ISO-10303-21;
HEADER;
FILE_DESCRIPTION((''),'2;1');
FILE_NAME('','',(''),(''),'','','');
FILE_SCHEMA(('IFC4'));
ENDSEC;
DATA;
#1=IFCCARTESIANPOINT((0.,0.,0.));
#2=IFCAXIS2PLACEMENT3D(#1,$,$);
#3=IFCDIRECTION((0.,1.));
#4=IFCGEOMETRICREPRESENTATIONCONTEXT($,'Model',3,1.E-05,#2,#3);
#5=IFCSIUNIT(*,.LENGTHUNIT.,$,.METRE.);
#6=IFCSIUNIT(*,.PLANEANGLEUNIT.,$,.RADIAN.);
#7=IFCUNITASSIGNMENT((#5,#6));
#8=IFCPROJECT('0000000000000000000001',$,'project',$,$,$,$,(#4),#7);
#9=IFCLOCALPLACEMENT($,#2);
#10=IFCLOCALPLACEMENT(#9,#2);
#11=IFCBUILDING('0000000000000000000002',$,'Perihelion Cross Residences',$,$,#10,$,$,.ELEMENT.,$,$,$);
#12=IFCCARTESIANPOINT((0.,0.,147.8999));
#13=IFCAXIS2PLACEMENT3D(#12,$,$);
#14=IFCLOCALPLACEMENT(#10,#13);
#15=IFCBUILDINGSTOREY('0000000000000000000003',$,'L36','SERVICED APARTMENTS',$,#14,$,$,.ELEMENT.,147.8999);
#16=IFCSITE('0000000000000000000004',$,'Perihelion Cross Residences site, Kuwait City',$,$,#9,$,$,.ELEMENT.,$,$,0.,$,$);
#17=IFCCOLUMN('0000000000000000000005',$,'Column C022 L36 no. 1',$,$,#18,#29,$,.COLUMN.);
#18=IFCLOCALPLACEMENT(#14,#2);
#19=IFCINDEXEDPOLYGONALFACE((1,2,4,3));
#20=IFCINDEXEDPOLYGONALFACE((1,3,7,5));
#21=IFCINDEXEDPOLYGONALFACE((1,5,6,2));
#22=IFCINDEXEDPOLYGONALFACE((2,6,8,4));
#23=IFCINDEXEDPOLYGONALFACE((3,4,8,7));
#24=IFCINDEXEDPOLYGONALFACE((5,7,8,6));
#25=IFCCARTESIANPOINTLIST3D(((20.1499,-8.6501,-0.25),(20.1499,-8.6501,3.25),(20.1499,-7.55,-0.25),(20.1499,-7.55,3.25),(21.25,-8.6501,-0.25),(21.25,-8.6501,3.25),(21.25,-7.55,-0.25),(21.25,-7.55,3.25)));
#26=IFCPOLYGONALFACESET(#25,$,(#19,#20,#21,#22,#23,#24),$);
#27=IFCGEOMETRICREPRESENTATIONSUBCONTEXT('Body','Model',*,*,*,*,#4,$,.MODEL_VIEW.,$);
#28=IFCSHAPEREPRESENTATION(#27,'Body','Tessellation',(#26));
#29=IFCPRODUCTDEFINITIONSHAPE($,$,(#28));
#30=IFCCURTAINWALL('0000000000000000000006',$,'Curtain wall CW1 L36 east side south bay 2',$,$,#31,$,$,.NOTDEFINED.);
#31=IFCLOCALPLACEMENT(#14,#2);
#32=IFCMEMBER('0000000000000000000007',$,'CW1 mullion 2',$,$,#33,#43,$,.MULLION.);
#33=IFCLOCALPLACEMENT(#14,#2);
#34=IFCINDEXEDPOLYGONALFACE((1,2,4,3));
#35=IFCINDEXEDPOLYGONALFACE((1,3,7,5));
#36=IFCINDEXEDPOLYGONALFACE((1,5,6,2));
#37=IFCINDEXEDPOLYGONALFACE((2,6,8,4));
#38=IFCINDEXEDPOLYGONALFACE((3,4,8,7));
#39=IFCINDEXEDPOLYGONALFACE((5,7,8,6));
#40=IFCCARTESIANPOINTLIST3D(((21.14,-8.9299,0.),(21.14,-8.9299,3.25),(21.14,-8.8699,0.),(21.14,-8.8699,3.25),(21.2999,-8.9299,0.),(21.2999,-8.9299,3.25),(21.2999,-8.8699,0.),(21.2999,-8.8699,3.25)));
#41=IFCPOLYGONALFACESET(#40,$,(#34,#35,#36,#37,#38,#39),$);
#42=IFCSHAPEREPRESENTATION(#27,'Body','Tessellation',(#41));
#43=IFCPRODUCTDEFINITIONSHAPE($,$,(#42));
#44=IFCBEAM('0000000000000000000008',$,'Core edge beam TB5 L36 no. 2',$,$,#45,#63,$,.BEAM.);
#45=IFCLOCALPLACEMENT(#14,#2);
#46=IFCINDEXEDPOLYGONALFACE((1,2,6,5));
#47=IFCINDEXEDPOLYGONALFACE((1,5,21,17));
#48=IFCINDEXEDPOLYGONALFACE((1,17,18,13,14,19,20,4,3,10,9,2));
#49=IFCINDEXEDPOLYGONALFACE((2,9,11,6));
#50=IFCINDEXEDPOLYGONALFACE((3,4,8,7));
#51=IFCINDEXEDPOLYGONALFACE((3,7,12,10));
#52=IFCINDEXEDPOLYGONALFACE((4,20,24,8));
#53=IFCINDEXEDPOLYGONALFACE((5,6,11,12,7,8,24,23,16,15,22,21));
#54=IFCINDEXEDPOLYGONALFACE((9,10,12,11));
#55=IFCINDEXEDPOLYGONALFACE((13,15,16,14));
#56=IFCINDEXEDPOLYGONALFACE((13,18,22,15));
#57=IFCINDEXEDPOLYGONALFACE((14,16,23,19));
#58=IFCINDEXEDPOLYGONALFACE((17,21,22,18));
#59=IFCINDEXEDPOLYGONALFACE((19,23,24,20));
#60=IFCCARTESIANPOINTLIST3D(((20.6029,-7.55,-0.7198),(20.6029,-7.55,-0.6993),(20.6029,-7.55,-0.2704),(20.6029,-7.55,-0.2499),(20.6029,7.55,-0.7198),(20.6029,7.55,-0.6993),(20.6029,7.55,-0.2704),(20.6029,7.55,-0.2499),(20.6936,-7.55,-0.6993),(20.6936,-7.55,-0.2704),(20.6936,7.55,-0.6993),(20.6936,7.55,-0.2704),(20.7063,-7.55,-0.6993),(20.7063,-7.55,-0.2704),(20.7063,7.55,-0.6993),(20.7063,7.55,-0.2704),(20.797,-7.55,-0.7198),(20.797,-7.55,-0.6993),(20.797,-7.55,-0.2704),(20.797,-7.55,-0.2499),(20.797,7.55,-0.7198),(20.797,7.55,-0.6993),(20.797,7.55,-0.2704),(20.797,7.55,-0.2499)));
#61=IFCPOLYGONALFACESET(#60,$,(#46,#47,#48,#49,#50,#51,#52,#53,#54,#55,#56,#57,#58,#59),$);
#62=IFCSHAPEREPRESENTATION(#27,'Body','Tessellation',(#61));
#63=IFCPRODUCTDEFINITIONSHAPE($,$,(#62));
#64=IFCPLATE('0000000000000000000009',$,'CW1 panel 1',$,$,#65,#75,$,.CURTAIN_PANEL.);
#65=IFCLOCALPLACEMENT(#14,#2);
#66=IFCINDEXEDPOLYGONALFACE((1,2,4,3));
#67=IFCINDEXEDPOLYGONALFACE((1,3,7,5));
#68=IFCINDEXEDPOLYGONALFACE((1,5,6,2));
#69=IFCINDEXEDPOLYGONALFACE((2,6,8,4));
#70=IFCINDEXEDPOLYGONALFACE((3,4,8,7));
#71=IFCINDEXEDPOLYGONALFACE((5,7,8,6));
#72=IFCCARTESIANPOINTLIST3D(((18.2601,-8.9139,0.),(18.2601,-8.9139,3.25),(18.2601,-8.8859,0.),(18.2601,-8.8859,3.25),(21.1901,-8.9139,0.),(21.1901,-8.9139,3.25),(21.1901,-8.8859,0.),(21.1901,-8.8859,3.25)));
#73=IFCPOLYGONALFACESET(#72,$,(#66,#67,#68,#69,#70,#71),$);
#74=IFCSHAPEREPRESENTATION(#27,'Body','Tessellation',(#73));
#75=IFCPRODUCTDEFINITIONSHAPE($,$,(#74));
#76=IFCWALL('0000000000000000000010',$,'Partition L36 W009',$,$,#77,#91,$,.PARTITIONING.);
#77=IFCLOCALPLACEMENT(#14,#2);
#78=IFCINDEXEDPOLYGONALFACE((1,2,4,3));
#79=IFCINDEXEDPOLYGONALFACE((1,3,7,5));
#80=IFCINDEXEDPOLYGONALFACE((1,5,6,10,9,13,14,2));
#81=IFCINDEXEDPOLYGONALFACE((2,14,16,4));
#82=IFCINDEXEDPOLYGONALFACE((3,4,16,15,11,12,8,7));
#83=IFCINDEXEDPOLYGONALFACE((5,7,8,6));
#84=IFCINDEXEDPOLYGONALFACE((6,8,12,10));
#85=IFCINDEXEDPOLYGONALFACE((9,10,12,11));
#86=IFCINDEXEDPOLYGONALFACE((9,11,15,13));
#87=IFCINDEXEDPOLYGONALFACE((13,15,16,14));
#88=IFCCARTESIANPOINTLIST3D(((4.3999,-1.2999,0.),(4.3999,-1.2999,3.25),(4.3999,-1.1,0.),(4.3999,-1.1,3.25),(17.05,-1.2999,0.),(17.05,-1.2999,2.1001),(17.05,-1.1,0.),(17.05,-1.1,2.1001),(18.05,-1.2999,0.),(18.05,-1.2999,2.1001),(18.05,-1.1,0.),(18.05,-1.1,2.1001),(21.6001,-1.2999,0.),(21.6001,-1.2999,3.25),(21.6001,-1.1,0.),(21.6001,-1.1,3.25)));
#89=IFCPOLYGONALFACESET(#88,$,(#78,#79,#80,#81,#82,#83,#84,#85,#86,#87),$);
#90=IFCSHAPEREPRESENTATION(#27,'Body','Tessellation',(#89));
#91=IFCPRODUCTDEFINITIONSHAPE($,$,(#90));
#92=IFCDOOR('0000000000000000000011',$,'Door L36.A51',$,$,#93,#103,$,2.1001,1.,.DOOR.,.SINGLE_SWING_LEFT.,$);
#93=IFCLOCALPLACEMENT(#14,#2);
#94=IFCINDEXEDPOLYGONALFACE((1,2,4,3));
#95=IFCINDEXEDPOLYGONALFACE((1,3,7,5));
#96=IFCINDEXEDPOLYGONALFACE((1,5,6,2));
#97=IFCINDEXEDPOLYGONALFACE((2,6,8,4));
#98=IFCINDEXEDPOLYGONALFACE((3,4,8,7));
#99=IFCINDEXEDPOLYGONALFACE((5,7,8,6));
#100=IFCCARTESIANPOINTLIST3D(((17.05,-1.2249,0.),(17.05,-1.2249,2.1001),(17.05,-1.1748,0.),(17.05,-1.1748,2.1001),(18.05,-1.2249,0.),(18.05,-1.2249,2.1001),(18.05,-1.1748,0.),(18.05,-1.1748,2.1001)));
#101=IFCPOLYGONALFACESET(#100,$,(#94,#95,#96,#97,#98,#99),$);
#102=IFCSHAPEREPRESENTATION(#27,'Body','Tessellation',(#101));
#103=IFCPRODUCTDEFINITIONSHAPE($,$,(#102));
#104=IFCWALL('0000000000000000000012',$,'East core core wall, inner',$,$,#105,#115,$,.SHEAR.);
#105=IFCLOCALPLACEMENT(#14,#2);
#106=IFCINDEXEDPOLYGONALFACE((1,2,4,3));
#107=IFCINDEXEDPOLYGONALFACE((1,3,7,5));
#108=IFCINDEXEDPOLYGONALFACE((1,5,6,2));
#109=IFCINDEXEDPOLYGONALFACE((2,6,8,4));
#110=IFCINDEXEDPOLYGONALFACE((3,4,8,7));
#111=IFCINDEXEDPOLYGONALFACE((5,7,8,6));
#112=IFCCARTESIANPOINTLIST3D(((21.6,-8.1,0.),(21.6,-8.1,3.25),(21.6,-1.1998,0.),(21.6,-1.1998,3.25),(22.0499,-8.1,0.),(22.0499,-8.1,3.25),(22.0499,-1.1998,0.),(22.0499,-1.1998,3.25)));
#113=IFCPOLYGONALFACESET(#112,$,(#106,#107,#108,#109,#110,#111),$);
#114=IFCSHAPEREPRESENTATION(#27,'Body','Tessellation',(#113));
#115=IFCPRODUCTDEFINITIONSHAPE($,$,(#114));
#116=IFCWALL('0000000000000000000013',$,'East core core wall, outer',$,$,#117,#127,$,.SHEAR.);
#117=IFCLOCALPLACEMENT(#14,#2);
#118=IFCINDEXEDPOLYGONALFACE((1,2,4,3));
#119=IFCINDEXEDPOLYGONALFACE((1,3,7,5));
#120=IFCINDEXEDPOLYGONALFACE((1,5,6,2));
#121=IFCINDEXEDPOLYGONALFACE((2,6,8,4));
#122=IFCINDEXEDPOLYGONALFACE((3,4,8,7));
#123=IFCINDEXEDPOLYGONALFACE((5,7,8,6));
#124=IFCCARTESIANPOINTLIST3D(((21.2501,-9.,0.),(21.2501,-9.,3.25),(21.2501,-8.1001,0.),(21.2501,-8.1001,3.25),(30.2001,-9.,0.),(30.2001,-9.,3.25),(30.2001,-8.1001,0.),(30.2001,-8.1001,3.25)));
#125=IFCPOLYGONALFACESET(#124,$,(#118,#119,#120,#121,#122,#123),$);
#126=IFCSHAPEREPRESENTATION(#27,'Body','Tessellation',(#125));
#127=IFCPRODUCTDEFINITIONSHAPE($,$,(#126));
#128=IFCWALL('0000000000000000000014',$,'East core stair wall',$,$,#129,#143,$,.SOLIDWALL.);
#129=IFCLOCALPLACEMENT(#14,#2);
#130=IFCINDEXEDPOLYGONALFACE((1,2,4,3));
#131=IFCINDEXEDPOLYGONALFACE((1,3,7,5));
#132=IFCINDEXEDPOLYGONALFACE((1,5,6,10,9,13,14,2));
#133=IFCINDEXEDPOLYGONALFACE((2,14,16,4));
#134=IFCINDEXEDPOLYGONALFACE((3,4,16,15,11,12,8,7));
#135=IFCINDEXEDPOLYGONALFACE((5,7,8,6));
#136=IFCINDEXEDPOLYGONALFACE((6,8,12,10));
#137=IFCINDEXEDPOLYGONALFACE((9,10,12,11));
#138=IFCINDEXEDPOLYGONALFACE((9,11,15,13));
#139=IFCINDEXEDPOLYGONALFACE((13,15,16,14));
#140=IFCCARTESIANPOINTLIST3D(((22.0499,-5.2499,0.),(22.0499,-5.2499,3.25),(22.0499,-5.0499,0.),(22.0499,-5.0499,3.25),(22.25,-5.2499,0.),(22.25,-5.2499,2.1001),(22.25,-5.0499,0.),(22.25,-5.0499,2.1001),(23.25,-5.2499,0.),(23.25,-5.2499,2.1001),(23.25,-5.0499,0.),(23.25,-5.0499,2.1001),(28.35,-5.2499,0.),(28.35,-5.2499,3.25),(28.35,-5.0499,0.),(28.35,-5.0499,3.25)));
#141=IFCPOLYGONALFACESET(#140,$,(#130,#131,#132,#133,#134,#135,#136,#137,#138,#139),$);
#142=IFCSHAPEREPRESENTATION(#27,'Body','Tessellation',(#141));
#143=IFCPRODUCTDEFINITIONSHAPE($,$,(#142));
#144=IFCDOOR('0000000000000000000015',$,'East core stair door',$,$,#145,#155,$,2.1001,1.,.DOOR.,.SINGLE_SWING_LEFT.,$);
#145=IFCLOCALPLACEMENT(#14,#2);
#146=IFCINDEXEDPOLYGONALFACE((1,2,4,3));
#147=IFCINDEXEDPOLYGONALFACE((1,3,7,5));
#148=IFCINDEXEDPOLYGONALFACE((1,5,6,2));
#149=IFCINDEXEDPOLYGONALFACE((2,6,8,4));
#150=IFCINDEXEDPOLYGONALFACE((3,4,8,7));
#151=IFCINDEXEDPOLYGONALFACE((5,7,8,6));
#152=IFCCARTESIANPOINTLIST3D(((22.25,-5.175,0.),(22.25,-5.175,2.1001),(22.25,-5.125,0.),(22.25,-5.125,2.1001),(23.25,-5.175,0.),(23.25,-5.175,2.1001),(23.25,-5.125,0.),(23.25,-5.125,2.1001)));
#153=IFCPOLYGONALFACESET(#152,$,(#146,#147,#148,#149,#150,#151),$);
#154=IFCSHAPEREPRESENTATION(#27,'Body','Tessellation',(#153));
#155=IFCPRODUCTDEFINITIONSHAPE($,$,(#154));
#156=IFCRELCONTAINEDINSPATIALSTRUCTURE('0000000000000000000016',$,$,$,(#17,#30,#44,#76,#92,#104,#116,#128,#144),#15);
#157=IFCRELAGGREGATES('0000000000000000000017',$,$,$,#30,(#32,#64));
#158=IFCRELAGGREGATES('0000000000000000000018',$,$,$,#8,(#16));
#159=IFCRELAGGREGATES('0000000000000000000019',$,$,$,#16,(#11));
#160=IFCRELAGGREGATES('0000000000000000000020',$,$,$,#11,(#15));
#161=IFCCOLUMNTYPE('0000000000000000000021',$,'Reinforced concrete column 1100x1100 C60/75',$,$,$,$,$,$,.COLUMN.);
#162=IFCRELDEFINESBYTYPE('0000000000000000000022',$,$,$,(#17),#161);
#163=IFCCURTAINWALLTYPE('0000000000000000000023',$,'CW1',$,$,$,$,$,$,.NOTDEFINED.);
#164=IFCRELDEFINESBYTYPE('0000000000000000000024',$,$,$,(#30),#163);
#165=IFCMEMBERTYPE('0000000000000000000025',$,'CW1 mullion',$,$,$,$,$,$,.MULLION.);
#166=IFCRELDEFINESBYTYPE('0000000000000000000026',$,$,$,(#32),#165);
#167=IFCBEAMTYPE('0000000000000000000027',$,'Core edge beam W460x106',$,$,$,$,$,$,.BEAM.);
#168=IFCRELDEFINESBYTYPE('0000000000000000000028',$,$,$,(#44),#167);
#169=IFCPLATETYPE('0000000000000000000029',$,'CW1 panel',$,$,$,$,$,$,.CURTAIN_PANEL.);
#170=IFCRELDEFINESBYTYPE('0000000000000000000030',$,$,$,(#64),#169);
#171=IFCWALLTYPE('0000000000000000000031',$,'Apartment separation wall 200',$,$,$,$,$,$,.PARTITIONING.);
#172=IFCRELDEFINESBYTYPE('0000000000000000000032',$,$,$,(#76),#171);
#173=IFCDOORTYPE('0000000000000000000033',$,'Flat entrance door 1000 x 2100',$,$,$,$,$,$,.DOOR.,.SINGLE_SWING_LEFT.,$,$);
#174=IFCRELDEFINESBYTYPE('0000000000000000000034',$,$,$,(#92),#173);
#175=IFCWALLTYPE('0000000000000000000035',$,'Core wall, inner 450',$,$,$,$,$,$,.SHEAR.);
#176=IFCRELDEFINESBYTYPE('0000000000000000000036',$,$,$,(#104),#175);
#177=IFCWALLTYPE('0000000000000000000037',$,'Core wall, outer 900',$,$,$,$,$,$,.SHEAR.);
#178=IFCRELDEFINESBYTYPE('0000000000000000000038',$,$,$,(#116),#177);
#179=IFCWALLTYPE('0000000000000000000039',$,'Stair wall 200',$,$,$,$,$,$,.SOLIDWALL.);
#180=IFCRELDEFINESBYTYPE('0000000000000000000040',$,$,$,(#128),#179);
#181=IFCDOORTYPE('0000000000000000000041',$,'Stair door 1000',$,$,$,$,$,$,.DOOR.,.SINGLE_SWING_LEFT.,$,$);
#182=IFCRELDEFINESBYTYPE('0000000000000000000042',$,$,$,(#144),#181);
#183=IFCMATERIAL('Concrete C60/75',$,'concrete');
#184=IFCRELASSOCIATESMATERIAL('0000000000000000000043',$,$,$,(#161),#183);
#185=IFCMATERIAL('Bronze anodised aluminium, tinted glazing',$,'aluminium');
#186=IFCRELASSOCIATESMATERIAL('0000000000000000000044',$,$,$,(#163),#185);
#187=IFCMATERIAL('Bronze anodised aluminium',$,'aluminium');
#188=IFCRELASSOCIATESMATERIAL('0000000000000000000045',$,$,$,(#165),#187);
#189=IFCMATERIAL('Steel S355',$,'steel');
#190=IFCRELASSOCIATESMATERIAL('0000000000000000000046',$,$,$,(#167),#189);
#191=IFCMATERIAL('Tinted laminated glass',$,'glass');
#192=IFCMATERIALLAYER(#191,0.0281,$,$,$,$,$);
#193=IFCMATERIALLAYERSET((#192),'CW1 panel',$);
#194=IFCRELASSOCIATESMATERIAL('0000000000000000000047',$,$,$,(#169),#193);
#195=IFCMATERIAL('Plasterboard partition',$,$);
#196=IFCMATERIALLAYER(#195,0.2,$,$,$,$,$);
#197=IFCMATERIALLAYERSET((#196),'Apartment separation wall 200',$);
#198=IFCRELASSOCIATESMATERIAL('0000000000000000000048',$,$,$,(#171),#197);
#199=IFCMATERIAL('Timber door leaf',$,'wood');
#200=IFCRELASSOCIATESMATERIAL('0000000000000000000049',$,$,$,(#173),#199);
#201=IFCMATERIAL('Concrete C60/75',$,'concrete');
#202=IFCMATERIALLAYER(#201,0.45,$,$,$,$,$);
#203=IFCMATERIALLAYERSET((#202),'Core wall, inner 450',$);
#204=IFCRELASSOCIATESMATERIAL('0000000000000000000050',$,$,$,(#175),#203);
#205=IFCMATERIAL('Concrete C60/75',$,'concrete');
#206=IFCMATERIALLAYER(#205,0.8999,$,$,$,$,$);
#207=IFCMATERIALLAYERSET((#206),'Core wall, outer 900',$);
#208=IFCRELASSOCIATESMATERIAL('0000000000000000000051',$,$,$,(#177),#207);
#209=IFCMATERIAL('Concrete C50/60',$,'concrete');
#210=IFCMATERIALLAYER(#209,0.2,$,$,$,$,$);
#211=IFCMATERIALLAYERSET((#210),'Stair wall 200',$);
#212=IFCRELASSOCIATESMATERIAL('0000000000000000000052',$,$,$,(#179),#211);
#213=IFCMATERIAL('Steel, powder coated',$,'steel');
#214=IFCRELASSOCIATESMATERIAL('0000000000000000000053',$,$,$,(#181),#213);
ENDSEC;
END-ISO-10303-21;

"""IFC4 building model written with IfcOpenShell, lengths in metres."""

from ifc_helpers import new_model, si_unit, direction, frame, frame_2d, origin, origin_2d, place, context, subcontext, project, spatial, rectangle, i_section, extrude, material, layer, layer_set, material_profile, profile_set, type_object, element, fill, aggregate, save


model = new_model("IFC4")

# Units and contexts
model_context = context("Model", 3, precision=1e-05, world=origin(), true_north=direction((0.0, 1.0)))
body_context = subcontext(model_context, "Body", "Model", "MODEL_VIEW")
ifc_project = project(units=[si_unit("LENGTHUNIT", "METRE"), si_unit("PLANEANGLEUNIT", "RADIAN")], contexts=[model_context])

# Site, building, storey
site_placement = place(None, origin())
site = spatial("IfcSite", under=ifc_project, at=site_placement, Name="Perihelion Cross Residences site, Kuwait City", CompositionType="ELEMENT", RefElevation=0.0)
building_placement = place(site_placement, origin())
building = spatial("IfcBuilding", under=site, at=building_placement, Name="Perihelion Cross Residences", CompositionType="ELEMENT")
storey_placement = place(building_placement, frame((0.0, 0.0, 147.8999)))
storey = spatial("IfcBuildingStorey", under=building, at=storey_placement, Name="L36", Description="SERVICED APARTMENTS", CompositionType="ELEMENT", Elevation=147.8999)

# Column
ifc_material_1 = material(Name="Concrete C60/75", Category="concrete")
ifc_material_profile_1 = material_profile(ifc_material_1, rectangle(XDim=1.1001, YDim=1.1001, at=origin_2d()), Name="RC 1100x1100")
ifc_profile_set_1 = profile_set([ifc_material_profile_1], Name="Concrete C60/75")
column_type = type_object("IfcColumnType", Name="Reinforced concrete column 1100x1100 C60/75", PredefinedType="COLUMN", material=ifc_profile_set_1)
column_placement = place(storey_placement, frame((20.7, -8.1001, -0.25), z_axis=(0.0, 0.0, 1.0), x_axis=(1.0, 0.0, 0.0)))
element("IfcColumn", 1, at=column_placement, inside=storey, type_object=column_type, Name="Column C022 L36 no. 1", PredefinedType="COLUMN", context=body_context, shape_type="SweptSolid", body=[
    extrude(rectangle(XDim=1.1001, YDim=1.1001, at=origin_2d()), origin(), (0.0, 0.0, 1.0), 3.5),
])

# Curtain wall, member
ifc_material_2 = material(Name="Bronze anodised aluminium, tinted glazing", Category="aluminium")
curtain_wall_type = type_object("IfcCurtainWallType", Name="CW1", PredefinedType="NOTDEFINED", material=ifc_material_2)
curtain_wall_placement = place(storey_placement, origin())
curtain_wall = element("IfcCurtainWall", 2, at=curtain_wall_placement, inside=storey, type_object=curtain_wall_type, Name="Curtain wall CW1 L36 east side south bay 2", PredefinedType="NOTDEFINED")
ifc_material_3 = material(Name="Bronze anodised aluminium", Category="aluminium")
ifc_material_profile_2 = material_profile(ifc_material_3, rectangle(XDim=0.0601, YDim=0.1599, at=origin_2d()), Name="CW1 mullion")
ifc_profile_set_2 = profile_set([ifc_material_profile_2], Name="Bronze anodised aluminium")
member_type = type_object("IfcMemberType", Name="CW1 mullion", PredefinedType="MULLION", material=ifc_profile_set_2)
member_placement = place(storey_placement, frame((21.22, -8.8999, 0.0), z_axis=(0.0, 0.0, 1.0), x_axis=(0.0, 1.0, 0.0)))
member = element("IfcMember", 3, at=member_placement, type_object=member_type, Name="CW1 mullion 2", PredefinedType="MULLION", context=body_context, shape_type="SweptSolid", body=[
    extrude(rectangle(XDim=0.0601, YDim=0.1599, at=origin_2d()), origin(), (0.0, 0.0, 1.0), 3.25),
])

# Beam
ifc_material_4 = material(Name="Steel S355", Category="steel")
ifc_material_profile_3 = material_profile(ifc_material_4, i_section(OverallWidth=0.1941, OverallDepth=0.47, WebThickness=0.0127, FlangeThickness=0.0205, at=origin_2d()), Name="W460x106")
ifc_profile_set_3 = profile_set([ifc_material_profile_3], Name="Steel S355")
beam_type = type_object("IfcBeamType", Name="Core edge beam W460x106", PredefinedType="BEAM", material=ifc_profile_set_3)
beam_placement = place(storey_placement, frame((20.7, -7.55, -0.4849), z_axis=(0.0, 1.0, 0.0), x_axis=(-1.0, 0.0, 0.0)))
element("IfcBeam", 4, at=beam_placement, inside=storey, type_object=beam_type, Name="Core edge beam TB5 L36 no. 2", PredefinedType="BEAM", context=body_context, shape_type="SweptSolid", body=[
    extrude(i_section(OverallWidth=0.1941, OverallDepth=0.47, WebThickness=0.0127, FlangeThickness=0.0205, at=origin_2d()), origin(), (0.0, 0.0, 1.0), 15.1001),
])

# Plate
ifc_material_5 = material(Name="Tinted laminated glass", Category="glass")
ifc_layer_1 = layer(ifc_material_5, 0.0281)
ifc_layer_set_1 = layer_set([ifc_layer_1], Name="CW1 panel")
plate_type = type_object("IfcPlateType", Name="CW1 panel", PredefinedType="CURTAIN_PANEL", material=ifc_layer_set_1)
plate_placement = place(storey_placement, frame((19.7251, -8.8999, 0.0), z_axis=(0.0, 0.0, 1.0), x_axis=(1.0, 0.0, 0.0)))
plate = element("IfcPlate", 5, at=plate_placement, type_object=plate_type, Name="CW1 panel 1", PredefinedType="CURTAIN_PANEL", context=body_context, shape_type="SweptSolid", body=[
    extrude(rectangle(XDim=2.9299, YDim=0.0281, at=origin_2d()), origin(), (0.0, 0.0, 1.0), 3.25),
])
aggregate(curtain_wall, [member, plate])

# Wall, opening, door
ifc_material_6 = material(Name="Plasterboard partition")
ifc_layer_2 = layer(ifc_material_6, 0.2)
ifc_layer_set_2 = layer_set([ifc_layer_2], Name="Apartment separation wall 200")
wall_type_1 = type_object("IfcWallType", Name="Apartment separation wall 200", PredefinedType="PARTITIONING", material=ifc_layer_set_2)
wall_1_placement = place(storey_placement, frame((21.6001, -1.2, 0.0), z_axis=(0.0, 0.0, 1.0), x_axis=(-1.0, 0.0, 0.0)))
wall_1 = element("IfcWall", 6, at=wall_1_placement, inside=storey, type_object=wall_type_1, Name="Partition L36 W009", PredefinedType="PARTITIONING", context=body_context, shape_type="SweptSolid", body=[
    extrude(rectangle(XDim=17.2002, YDim=0.2, at=frame_2d((8.6001, 0.0))), origin(), (0.0, 0.0, 1.0), 3.25),
])
opening_1_placement = place(wall_1_placement, frame((3.55, 0.0, 0.0)))
opening_1 = element("IfcOpeningElement", 7, at=opening_1_placement, cuts=wall_1, PredefinedType="OPENING", context=body_context, shape_type="SweptSolid", body=[
    extrude(rectangle(XDim=1.0, YDim=2.1001, at=frame_2d((0.5, 1.05))), frame((0.0, 0.1099, 0.0), z_axis=(0.0, -1.0, 0.0), x_axis=(1.0, 0.0, 0.0)), (0.0, 0.0, 1.0), 0.22),
])
ifc_material_7 = material(Name="Timber door leaf", Category="wood")
door_type_1 = type_object("IfcDoorType", Name="Flat entrance door 1000 x 2100", OperationType="SINGLE_SWING_LEFT", PredefinedType="DOOR", material=ifc_material_7)
door_1_placement = place(opening_1_placement, origin())
door_1 = element("IfcDoor", 8, at=door_1_placement, inside=storey, type_object=door_type_1, Name="Door L36.A51", OperationType="SINGLE_SWING_LEFT", OverallHeight=2.1001, OverallWidth=1.0, PredefinedType="DOOR", context=body_context, shape_type="SweptSolid", body=[
    extrude(rectangle(XDim=1.0, YDim=2.1001, at=frame_2d((0.5, 1.05))), frame((0.0, 0.0249, 0.0), z_axis=(0.0, -1.0, 0.0), x_axis=(1.0, 0.0, 0.0)), (0.0, 0.0, 1.0), 0.05),
])
fill(opening_1, door_1)

# Walls
ifc_material_8 = material(Name="Concrete C60/75", Category="concrete")
ifc_layer_3 = layer(ifc_material_8, 0.45)
ifc_layer_set_3 = layer_set([ifc_layer_3], Name="Core wall, inner 450")
wall_type_2 = type_object("IfcWallType", Name="Core wall, inner 450", PredefinedType="SHEAR", material=ifc_layer_set_3)
wall_2_placement = place(storey_placement, frame((21.825, -8.1001, 0.0), z_axis=(0.0, 0.0, 1.0), x_axis=(0.0, 1.0, 0.0)))
element("IfcWall", 9, at=wall_2_placement, inside=storey, type_object=wall_type_2, Name="East core core wall, inner", PredefinedType="SHEAR", context=body_context, shape_type="SweptSolid", body=[
    extrude(rectangle(XDim=6.9001, YDim=0.45, at=frame_2d((3.4502, 0.0))), origin(), (0.0, 0.0, 1.0), 3.25),
])
ifc_material_9 = material(Name="Concrete C60/75", Category="concrete")
ifc_layer_4 = layer(ifc_material_9, 0.8999)
ifc_layer_set_4 = layer_set([ifc_layer_4], Name="Core wall, outer 900")
wall_type_3 = type_object("IfcWallType", Name="Core wall, outer 900", PredefinedType="SHEAR", material=ifc_layer_set_4)
wall_3_placement = place(storey_placement, frame((21.25, -8.55, 0.0), z_axis=(0.0, 0.0, 1.0), x_axis=(1.0, 0.0, 0.0)))
element("IfcWall", 10, at=wall_3_placement, inside=storey, type_object=wall_type_3, Name="East core core wall, outer", PredefinedType="SHEAR", context=body_context, shape_type="SweptSolid", body=[
    extrude(rectangle(XDim=8.95, YDim=0.8999, at=frame_2d((4.4751, 0.0))), origin(), (0.0, 0.0, 1.0), 3.25),
])

# Wall, opening, door
ifc_material_10 = material(Name="Concrete C50/60", Category="concrete")
ifc_layer_5 = layer(ifc_material_10, 0.2)
ifc_layer_set_5 = layer_set([ifc_layer_5], Name="Stair wall 200")
wall_type_4 = type_object("IfcWallType", Name="Stair wall 200", PredefinedType="SOLIDWALL", material=ifc_layer_set_5)
wall_4_placement = place(storey_placement, frame((22.05, -5.1499, 0.0), z_axis=(0.0, 0.0, 1.0), x_axis=(1.0, 0.0, 0.0)))
wall_4 = element("IfcWall", 11, at=wall_4_placement, inside=storey, type_object=wall_type_4, Name="East core stair wall", PredefinedType="SOLIDWALL", context=body_context, shape_type="SweptSolid", body=[
    extrude(rectangle(XDim=6.3, YDim=0.2, at=frame_2d((3.1499, 0.0))), origin(), (0.0, 0.0, 1.0), 3.25),
])
opening_2_placement = place(wall_4_placement, frame((0.2, 0.0, 0.0)))
opening_2 = element("IfcOpeningElement", 12, at=opening_2_placement, cuts=wall_4, PredefinedType="OPENING", context=body_context, shape_type="SweptSolid", body=[
    extrude(rectangle(XDim=1.0, YDim=2.1001, at=frame_2d((0.5, 1.05))), frame((0.0, 0.1099, 0.0), z_axis=(0.0, -1.0, 0.0), x_axis=(1.0, 0.0, 0.0)), (0.0, 0.0, 1.0), 0.22),
])
ifc_material_11 = material(Name="Steel, powder coated", Category="steel")
door_type_2 = type_object("IfcDoorType", Name="Stair door 1000", OperationType="SINGLE_SWING_LEFT", PredefinedType="DOOR", material=ifc_material_11)
door_2_placement = place(opening_2_placement, origin())
door_2 = element("IfcDoor", 13, at=door_2_placement, inside=storey, type_object=door_type_2, Name="East core stair door", OperationType="SINGLE_SWING_LEFT", OverallHeight=2.1001, OverallWidth=1.0, PredefinedType="DOOR", context=body_context, shape_type="SweptSolid", body=[
    extrude(rectangle(XDim=1.0, YDim=2.1001, at=frame_2d((0.5, 1.05))), frame((0.0, 0.0249, 0.0), z_axis=(0.0, -1.0, 0.0), x_axis=(1.0, 0.0, 0.0)), (0.0, 0.0, 1.0), 0.05),
])
fill(opening_2, door_2)

save(model, "model.ifc")
